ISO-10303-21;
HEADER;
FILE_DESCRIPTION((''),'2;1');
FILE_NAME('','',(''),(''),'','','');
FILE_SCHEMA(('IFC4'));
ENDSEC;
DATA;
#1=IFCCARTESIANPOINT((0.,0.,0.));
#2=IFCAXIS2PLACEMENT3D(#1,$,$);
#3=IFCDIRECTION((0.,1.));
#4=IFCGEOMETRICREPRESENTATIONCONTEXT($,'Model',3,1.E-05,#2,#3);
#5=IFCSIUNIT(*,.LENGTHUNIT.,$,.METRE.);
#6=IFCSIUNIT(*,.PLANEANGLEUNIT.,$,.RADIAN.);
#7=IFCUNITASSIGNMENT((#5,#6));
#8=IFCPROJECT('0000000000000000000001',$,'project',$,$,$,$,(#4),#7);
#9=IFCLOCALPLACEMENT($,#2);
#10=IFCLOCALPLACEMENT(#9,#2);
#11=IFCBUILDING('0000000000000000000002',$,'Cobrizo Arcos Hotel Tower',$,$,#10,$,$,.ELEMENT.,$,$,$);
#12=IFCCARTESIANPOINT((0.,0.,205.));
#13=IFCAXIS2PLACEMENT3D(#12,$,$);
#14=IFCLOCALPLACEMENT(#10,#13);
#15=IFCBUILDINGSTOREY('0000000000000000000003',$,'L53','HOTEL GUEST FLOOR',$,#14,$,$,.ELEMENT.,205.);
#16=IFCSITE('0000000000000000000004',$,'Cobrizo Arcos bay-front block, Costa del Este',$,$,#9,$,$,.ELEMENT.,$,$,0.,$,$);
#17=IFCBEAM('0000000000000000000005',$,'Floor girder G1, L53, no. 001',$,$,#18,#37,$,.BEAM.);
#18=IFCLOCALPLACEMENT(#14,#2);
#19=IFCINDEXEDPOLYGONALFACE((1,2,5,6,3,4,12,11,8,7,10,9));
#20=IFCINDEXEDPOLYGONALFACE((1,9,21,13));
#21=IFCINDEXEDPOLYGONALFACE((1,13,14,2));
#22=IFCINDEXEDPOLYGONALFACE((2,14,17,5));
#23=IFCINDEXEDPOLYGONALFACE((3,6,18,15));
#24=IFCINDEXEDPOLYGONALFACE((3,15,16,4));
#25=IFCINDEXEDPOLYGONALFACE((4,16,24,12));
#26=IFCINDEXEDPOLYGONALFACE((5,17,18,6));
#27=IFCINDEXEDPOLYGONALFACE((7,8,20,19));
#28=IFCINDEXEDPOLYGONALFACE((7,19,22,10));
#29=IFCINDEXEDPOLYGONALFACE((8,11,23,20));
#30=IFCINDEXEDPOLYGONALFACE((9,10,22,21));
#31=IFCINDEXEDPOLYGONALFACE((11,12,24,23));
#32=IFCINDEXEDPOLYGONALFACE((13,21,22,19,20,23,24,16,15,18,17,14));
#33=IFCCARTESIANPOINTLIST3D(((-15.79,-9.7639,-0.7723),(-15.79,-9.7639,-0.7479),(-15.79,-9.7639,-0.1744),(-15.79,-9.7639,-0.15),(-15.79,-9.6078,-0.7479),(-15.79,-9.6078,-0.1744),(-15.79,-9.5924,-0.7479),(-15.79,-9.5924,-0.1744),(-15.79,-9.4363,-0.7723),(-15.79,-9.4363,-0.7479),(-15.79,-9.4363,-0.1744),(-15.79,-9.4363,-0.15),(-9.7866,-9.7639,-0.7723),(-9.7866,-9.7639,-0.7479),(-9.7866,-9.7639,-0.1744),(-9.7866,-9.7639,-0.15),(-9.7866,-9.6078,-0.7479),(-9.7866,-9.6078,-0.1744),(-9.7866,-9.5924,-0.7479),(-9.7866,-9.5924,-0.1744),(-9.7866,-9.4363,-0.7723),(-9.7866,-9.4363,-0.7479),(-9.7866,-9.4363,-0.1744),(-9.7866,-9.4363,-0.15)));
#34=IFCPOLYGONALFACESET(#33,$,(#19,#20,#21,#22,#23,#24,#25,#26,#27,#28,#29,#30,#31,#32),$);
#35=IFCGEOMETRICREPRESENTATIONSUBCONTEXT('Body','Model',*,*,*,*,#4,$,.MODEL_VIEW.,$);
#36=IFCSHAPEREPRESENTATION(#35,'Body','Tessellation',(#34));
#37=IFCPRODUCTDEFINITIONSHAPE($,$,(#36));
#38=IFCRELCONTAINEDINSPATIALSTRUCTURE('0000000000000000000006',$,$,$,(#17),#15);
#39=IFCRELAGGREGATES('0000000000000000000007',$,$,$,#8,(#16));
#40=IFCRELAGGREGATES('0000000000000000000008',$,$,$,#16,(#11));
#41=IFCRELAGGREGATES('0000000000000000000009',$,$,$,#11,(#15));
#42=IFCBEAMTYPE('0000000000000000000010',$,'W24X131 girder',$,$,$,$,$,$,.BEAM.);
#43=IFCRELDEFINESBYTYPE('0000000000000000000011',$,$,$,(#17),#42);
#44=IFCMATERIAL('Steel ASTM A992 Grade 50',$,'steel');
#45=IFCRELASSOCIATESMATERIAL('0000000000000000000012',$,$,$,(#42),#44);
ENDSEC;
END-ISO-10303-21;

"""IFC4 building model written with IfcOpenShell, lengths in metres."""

from ifc_helpers import new_model, si_unit, direction, frame, origin, origin_2d, place, context, subcontext, project, spatial, i_section, extrude, material, material_profile, profile_set, type_object, element, save


model = new_model("IFC4")

# Units and contexts
model_context = context("Model", 3, precision=1e-05, world=origin(), true_north=direction((0.0, 1.0)))
body_context = subcontext(model_context, "Body", "Model", "MODEL_VIEW")
ifc_project = project(units=[si_unit("LENGTHUNIT", "METRE"), si_unit("PLANEANGLEUNIT", "RADIAN")], contexts=[model_context])

# Site, building, storey
site_placement = place(None, origin())
site = spatial("IfcSite", under=ifc_project, at=site_placement, Name="Cobrizo Arcos bay-front block, Costa del Este", CompositionType="ELEMENT", RefElevation=0.0)
building_placement = place(site_placement, origin())
building = spatial("IfcBuilding", under=site, at=building_placement, Name="Cobrizo Arcos Hotel Tower", CompositionType="ELEMENT")
storey_placement = place(building_placement, frame((0.0, 0.0, 205.0)))
storey = spatial("IfcBuildingStorey", under=building, at=storey_placement, Name="L53", Description="HOTEL GUEST FLOOR", CompositionType="ELEMENT", Elevation=205.0)

# Beam
ifc_material_1 = material(Name="Steel ASTM A992 Grade 50", Category="steel")
ifc_material_profile = material_profile(ifc_material_1, i_section(OverallWidth=0.3276, OverallDepth=0.6223, WebThickness=0.0154, FlangeThickness=0.0244, at=origin_2d()), Name="W24X131")
ifc_profile_set = profile_set([ifc_material_profile], Name="Steel ASTM A992 Grade 50")
beam_type = type_object("IfcBeamType", Name="W24X131 girder", PredefinedType="BEAM", material=ifc_profile_set)
beam_placement = place(storey_placement, frame((-15.79, -9.6001, -0.4612), z_axis=(1.0, 0.0, 0.0), x_axis=(0.0, 1.0, 0.0)))
element("IfcBeam", 1, at=beam_placement, inside=storey, type_object=beam_type, Name="Floor girder G1, L53, no. 001", PredefinedType="BEAM", context=body_context, shape_type="SweptSolid", body=[
    extrude(i_section(OverallWidth=0.3276, OverallDepth=0.6223, WebThickness=0.0154, FlangeThickness=0.0244, at=origin_2d()), origin(), (0.0, 0.0, 1.0), 6.0034),
])

save(model, "model.ifc")
